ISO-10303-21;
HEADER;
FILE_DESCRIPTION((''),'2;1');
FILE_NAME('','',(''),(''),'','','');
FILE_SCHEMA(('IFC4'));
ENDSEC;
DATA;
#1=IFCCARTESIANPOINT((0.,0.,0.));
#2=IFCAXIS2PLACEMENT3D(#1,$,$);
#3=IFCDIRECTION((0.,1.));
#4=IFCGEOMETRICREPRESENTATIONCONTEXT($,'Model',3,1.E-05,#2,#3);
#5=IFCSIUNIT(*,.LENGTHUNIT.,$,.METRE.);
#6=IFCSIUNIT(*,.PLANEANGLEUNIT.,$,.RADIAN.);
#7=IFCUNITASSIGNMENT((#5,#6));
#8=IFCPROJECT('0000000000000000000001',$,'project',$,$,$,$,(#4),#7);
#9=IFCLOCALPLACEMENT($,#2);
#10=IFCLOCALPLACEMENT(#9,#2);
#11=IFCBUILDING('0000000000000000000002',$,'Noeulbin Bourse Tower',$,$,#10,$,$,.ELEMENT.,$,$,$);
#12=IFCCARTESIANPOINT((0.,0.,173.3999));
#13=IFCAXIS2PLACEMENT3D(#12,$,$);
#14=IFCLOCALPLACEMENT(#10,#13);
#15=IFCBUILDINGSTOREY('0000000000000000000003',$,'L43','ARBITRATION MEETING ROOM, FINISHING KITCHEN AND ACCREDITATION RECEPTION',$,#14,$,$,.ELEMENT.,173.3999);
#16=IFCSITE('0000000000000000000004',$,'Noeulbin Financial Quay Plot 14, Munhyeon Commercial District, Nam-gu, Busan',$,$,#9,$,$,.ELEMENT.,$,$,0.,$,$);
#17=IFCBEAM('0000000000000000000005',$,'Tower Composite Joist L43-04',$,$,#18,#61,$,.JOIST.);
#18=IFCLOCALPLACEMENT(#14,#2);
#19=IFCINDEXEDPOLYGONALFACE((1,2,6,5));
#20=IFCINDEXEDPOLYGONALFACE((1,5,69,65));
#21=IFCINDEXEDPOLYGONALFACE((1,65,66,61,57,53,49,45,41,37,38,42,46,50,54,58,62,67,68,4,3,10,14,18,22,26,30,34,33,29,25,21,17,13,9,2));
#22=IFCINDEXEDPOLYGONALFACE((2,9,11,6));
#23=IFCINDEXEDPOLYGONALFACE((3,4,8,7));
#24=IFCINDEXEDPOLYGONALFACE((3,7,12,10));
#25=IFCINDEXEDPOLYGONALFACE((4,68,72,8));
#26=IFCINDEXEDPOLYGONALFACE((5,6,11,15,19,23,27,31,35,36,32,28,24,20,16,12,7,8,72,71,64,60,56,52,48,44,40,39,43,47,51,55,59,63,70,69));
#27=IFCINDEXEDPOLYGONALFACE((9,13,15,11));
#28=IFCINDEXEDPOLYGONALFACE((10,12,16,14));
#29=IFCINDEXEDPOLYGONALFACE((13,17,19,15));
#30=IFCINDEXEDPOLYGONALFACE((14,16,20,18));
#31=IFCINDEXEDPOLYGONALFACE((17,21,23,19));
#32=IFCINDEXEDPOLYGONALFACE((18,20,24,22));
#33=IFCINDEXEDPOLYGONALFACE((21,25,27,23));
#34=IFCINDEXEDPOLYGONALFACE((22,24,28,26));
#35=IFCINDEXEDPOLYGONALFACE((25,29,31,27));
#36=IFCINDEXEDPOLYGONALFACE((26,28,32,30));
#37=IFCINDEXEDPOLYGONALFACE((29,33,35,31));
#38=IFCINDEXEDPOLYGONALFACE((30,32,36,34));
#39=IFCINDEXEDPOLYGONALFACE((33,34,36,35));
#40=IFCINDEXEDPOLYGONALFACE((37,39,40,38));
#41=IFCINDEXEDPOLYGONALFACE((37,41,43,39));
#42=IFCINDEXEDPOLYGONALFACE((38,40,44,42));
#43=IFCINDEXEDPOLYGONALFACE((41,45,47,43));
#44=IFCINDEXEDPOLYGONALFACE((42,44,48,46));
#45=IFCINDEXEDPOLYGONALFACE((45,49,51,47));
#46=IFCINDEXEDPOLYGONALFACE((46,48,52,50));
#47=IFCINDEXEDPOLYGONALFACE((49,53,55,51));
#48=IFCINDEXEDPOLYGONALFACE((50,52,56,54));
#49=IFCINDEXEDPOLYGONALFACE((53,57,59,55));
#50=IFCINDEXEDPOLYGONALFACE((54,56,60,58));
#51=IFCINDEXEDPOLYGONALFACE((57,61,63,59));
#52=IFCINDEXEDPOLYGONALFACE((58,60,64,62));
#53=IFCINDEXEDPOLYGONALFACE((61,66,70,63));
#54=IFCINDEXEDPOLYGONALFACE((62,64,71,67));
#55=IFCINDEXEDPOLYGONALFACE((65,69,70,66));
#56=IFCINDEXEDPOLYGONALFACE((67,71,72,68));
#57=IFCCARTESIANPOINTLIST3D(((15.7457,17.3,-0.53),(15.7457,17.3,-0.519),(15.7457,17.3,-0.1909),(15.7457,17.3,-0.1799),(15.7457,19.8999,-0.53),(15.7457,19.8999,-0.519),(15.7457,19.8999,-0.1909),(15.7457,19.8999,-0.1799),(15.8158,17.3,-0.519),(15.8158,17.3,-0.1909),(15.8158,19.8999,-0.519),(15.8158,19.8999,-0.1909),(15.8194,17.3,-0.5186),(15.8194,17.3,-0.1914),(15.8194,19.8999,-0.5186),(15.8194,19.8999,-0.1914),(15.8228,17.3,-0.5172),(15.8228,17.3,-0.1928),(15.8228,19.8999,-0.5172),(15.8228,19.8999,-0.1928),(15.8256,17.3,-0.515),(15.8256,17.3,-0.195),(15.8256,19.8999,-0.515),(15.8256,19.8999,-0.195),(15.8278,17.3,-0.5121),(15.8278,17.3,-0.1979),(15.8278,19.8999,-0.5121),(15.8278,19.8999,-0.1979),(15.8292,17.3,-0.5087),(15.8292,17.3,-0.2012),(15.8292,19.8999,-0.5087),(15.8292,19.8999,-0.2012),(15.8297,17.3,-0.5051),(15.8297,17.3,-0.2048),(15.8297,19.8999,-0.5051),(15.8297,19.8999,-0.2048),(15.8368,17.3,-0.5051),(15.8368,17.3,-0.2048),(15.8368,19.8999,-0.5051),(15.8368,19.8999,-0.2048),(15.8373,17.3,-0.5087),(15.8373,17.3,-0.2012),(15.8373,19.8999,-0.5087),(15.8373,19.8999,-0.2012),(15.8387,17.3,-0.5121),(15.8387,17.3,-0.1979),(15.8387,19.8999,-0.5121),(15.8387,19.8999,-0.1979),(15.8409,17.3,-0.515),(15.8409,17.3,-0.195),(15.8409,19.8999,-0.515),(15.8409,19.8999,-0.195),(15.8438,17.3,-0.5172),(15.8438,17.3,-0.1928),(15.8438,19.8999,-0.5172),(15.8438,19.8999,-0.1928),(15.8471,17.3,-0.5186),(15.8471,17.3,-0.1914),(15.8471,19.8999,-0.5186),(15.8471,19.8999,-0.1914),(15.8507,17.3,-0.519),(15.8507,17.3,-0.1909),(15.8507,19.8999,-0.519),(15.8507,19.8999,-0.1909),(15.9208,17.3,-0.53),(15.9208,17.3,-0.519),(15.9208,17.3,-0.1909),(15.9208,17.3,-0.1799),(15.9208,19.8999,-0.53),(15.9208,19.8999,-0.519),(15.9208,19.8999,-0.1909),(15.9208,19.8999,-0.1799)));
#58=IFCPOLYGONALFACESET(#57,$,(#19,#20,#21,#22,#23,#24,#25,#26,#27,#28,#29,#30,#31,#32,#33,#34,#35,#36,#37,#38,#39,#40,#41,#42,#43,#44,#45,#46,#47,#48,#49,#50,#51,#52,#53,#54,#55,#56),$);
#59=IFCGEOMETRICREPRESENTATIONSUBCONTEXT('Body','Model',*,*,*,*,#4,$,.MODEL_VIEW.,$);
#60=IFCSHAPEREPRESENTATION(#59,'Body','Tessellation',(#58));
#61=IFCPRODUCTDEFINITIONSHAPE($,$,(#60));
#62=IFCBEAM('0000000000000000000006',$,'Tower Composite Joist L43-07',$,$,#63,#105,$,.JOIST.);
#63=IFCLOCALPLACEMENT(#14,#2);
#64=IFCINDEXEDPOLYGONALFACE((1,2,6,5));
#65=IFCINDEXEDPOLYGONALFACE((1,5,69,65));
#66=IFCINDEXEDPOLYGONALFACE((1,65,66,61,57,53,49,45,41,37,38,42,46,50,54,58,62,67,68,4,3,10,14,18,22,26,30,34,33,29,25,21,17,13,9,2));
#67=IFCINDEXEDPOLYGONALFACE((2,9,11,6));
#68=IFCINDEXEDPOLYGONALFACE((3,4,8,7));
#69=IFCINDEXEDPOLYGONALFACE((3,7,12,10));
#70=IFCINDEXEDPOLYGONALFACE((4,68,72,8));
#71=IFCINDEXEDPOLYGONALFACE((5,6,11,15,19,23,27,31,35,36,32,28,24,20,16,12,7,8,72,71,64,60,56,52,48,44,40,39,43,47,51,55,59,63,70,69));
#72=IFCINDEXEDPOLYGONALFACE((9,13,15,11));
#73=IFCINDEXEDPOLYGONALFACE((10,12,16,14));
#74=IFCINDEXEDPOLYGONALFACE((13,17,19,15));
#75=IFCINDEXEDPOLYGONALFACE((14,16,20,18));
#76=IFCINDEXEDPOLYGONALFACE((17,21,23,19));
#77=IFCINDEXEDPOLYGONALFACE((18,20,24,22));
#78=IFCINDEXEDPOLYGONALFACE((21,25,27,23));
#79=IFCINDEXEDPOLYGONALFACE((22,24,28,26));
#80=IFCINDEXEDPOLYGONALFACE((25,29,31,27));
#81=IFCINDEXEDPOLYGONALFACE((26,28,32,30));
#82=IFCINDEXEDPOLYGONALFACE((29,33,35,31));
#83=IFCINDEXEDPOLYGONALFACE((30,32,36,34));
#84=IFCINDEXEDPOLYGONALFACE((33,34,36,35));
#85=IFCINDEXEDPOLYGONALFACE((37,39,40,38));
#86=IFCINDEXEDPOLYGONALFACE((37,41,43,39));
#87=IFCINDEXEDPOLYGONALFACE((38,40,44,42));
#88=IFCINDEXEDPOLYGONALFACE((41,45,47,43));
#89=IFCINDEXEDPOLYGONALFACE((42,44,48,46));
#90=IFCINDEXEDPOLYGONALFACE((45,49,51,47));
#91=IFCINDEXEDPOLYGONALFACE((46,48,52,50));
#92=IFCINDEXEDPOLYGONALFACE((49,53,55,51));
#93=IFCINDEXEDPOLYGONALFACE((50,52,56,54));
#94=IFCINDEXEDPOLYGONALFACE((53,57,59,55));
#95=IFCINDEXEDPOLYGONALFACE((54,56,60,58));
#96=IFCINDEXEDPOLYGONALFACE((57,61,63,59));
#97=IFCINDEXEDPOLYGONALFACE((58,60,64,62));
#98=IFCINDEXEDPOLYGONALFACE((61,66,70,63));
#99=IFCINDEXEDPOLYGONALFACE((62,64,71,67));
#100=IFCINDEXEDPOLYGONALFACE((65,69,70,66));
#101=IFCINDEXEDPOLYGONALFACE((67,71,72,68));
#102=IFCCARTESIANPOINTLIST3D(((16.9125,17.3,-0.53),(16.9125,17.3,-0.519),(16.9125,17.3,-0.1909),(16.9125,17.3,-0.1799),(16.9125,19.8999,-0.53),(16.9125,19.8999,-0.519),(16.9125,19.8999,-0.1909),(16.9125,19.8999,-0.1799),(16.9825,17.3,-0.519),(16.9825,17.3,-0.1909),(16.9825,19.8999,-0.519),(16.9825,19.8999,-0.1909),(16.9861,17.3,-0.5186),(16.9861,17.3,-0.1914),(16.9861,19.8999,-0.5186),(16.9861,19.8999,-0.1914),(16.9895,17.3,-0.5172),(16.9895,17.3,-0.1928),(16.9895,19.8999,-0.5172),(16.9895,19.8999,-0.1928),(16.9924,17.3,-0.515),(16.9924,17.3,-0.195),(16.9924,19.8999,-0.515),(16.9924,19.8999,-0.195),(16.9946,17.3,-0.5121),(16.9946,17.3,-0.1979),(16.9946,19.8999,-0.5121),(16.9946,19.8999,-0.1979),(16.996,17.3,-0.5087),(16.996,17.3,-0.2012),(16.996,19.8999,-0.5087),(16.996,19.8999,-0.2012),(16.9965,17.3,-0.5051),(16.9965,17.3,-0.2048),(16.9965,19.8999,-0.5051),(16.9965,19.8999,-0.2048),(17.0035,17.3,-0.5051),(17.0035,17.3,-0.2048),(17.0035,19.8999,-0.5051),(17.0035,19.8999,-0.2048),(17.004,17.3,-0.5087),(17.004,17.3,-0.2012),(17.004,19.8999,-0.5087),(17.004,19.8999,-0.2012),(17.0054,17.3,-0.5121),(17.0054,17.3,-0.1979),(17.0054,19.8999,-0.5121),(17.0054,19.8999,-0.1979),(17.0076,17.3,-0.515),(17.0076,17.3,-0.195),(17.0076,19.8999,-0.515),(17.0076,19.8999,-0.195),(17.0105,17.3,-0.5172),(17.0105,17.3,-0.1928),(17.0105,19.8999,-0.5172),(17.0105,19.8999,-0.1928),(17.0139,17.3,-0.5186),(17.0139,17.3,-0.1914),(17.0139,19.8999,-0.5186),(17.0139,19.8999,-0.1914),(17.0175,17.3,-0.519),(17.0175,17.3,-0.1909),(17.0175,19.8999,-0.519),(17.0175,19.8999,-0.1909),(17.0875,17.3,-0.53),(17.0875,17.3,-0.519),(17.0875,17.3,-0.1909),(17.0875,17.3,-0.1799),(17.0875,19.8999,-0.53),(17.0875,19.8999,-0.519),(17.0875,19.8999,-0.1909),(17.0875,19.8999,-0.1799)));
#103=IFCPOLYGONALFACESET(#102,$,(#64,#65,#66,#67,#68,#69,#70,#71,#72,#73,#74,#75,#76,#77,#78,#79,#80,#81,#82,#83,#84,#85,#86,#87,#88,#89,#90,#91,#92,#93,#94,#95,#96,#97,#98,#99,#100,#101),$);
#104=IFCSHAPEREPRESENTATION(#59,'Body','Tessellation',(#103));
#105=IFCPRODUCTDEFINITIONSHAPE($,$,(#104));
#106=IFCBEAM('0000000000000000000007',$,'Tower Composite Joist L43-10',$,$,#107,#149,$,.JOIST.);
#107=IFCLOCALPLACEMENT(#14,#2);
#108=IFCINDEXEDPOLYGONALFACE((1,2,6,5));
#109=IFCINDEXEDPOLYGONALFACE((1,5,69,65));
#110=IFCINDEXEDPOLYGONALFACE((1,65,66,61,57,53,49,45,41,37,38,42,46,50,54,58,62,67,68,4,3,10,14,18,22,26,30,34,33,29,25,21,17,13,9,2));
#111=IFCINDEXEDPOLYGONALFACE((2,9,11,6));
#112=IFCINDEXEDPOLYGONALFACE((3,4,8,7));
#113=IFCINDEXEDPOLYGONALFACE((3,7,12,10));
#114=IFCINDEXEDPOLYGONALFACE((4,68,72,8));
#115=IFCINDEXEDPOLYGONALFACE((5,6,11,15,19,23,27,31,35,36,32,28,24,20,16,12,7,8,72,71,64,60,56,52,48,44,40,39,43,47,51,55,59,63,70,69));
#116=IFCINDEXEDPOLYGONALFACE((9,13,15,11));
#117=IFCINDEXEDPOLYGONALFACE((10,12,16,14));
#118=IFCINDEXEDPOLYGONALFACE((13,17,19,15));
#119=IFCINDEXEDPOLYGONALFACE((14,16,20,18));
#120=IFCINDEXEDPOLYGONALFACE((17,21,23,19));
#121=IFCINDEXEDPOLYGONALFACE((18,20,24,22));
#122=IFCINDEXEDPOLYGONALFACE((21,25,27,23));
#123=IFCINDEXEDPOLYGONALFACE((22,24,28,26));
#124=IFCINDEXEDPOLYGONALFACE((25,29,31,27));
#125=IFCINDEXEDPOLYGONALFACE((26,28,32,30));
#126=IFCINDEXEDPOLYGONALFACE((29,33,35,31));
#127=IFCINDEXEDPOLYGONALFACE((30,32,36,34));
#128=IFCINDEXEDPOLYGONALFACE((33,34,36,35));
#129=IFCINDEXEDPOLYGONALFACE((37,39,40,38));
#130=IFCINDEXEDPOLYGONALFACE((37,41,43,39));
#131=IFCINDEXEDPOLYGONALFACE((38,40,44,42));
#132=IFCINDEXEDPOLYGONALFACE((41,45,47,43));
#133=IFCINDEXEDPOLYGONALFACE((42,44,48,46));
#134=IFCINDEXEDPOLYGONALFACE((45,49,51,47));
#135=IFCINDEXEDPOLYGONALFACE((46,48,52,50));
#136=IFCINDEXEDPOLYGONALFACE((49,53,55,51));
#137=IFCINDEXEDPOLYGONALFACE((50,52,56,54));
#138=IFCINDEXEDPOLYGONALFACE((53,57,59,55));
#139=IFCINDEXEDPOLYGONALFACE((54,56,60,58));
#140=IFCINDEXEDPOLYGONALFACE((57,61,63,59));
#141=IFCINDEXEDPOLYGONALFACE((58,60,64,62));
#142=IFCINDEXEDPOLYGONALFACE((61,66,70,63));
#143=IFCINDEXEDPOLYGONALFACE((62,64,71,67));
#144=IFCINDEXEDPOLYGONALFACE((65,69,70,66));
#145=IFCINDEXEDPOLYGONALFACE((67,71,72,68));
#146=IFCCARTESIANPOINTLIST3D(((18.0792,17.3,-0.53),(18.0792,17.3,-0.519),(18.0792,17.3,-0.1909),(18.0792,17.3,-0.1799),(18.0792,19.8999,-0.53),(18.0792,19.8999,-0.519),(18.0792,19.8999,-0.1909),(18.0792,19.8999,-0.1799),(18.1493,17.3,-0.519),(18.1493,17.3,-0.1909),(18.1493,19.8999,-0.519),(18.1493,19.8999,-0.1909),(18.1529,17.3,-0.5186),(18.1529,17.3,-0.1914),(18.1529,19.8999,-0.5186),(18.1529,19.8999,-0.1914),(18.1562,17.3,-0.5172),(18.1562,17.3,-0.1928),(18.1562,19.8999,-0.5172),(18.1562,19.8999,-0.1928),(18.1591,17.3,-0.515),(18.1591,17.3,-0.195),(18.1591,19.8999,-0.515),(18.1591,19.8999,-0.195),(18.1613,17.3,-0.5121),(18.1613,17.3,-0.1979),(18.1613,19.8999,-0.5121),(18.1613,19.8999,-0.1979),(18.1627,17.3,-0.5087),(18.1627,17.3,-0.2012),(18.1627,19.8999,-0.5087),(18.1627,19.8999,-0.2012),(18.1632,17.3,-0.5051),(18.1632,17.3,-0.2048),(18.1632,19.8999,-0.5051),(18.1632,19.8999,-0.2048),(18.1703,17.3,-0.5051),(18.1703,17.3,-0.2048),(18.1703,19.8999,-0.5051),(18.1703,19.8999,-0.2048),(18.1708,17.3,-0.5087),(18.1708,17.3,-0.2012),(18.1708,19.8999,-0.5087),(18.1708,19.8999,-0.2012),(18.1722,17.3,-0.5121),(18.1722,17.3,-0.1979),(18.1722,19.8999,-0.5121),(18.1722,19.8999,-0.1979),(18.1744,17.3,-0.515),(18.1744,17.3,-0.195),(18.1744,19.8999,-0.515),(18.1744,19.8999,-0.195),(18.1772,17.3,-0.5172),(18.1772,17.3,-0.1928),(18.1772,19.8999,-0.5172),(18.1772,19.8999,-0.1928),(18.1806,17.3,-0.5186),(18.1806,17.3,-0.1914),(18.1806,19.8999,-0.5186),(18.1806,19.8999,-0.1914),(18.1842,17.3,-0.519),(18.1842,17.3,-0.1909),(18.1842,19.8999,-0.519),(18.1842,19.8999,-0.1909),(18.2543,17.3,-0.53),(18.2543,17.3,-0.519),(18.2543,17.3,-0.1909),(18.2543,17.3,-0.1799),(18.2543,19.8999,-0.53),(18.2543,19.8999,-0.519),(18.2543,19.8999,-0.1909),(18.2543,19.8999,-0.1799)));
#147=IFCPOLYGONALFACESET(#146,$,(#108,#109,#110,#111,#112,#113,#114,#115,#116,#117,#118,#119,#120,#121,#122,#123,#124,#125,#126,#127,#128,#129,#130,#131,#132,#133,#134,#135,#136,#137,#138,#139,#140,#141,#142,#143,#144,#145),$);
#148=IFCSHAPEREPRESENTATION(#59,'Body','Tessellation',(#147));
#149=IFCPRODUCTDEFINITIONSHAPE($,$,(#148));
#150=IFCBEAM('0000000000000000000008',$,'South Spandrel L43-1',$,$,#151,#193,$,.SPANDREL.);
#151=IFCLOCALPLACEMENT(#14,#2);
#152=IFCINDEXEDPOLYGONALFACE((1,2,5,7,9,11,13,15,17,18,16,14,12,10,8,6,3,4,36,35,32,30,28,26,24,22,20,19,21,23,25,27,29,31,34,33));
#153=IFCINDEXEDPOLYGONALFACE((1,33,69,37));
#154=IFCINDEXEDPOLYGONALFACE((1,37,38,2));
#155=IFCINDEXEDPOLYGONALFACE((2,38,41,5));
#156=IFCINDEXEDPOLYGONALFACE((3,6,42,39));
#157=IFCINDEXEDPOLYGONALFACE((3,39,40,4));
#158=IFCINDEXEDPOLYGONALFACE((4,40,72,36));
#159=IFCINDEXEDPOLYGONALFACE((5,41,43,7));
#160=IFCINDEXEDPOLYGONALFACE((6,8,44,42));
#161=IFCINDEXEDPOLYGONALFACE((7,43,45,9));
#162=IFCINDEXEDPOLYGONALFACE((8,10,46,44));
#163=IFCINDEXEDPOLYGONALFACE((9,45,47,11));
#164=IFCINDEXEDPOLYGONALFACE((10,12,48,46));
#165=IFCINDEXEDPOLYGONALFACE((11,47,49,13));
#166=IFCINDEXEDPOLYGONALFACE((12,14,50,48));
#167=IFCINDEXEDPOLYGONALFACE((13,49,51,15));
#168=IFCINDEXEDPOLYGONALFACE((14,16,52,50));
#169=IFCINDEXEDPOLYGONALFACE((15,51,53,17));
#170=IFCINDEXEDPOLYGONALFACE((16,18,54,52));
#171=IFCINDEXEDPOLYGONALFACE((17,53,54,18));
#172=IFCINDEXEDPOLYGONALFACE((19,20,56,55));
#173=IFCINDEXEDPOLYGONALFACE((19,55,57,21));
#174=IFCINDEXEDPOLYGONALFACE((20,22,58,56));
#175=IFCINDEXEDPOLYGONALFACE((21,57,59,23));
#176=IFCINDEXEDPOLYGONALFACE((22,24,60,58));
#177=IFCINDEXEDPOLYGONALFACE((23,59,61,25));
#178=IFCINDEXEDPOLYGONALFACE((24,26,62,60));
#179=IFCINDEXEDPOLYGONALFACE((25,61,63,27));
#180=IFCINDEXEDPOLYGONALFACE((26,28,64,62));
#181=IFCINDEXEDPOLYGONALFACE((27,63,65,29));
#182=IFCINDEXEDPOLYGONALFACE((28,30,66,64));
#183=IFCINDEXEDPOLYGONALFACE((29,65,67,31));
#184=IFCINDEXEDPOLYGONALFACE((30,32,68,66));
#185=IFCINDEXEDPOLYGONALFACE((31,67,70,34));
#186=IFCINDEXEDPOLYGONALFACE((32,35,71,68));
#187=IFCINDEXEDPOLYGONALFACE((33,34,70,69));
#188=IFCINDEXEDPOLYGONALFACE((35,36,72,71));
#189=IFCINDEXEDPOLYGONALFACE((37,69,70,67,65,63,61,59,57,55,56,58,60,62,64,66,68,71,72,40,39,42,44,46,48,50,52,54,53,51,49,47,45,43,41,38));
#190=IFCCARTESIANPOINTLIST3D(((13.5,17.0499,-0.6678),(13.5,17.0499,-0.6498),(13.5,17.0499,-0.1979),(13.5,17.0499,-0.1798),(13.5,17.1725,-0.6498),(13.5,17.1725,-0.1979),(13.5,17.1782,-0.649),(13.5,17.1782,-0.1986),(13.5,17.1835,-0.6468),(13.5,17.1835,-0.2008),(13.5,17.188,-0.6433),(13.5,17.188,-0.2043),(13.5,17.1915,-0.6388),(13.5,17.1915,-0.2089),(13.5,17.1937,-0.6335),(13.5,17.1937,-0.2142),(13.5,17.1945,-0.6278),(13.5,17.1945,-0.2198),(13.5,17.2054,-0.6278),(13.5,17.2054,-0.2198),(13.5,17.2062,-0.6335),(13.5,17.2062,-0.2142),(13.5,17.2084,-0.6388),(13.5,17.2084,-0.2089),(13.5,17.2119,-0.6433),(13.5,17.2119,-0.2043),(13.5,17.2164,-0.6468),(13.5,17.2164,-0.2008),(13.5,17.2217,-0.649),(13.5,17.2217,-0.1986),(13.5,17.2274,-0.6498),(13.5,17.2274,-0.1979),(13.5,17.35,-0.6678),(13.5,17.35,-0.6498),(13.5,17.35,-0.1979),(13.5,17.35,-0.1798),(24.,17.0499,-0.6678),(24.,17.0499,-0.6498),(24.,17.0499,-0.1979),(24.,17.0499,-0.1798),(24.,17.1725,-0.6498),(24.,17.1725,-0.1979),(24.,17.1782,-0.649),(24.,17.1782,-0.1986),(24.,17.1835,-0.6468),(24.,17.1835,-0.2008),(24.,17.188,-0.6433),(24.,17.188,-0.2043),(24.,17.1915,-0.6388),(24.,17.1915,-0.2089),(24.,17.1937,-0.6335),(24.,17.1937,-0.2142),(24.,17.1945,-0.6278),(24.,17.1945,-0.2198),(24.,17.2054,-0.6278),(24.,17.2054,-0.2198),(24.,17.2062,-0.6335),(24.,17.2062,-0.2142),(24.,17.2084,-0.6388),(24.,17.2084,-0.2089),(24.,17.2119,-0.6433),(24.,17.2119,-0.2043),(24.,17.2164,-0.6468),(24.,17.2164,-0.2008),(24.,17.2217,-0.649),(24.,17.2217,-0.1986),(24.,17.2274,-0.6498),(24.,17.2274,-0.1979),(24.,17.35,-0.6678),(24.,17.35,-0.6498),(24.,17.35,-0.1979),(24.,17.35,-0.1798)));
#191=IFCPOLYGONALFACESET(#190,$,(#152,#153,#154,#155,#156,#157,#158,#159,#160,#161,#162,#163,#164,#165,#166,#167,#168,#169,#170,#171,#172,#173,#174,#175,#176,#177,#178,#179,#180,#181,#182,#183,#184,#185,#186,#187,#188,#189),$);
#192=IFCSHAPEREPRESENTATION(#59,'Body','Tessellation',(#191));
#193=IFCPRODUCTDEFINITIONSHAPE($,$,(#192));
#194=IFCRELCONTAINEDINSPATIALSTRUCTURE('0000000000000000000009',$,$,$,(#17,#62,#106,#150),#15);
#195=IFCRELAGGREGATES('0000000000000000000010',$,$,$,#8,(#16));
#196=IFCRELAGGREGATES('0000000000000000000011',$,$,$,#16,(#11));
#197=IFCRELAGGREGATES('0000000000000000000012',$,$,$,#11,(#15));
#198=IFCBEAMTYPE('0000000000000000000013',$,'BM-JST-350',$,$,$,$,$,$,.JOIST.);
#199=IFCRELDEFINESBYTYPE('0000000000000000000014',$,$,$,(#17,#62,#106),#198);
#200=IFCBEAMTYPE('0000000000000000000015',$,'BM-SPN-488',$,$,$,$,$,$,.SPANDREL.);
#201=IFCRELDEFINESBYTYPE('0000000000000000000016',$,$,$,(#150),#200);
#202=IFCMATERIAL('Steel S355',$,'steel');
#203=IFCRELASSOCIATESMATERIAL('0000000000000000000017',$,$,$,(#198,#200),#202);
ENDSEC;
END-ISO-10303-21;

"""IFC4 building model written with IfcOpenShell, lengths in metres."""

from ifc_helpers import new_model, si_unit, direction, frame, origin, origin_2d, place, context, subcontext, project, spatial, i_section, extrude, material, material_profile, profile_set, type_object, element, save


model = new_model("IFC4")

# Units and contexts
model_context = context("Model", 3, precision=1e-05, world=origin(), true_north=direction((0.0, 1.0)))
body_context = subcontext(model_context, "Body", "Model", "MODEL_VIEW")
ifc_project = project(units=[si_unit("LENGTHUNIT", "METRE"), si_unit("PLANEANGLEUNIT", "RADIAN")], contexts=[model_context])

# Site, building, storey
site_placement = place(None, origin())
site = spatial("IfcSite", under=ifc_project, at=site_placement, Name="Noeulbin Financial Quay Plot 14, Munhyeon Commercial District, Nam-gu, Busan", CompositionType="ELEMENT", RefElevation=0.0)
building_placement = place(site_placement, origin())
building = spatial("IfcBuilding", under=site, at=building_placement, Name="Noeulbin Bourse Tower", CompositionType="ELEMENT")
storey_placement = place(building_placement, frame((0.0, 0.0, 173.3999)))
storey = spatial("IfcBuildingStorey", under=building, at=storey_placement, Name="L43", Description="ARBITRATION MEETING ROOM, FINISHING KITCHEN AND ACCREDITATION RECEPTION", CompositionType="ELEMENT", Elevation=173.3999)

# Shared definitions
ifc_material_1 = material(Name="Steel S355", Category="steel")

# Beams
ifc_material_profile_1 = material_profile(ifc_material_1, i_section(OverallWidth=0.175, OverallDepth=0.3501, WebThickness=0.0071, FlangeThickness=0.011, FilletRadius=0.0139, at=origin_2d()), Name="H-350x175x7x11", Category="LoadBearing")
ifc_profile_set_1 = profile_set([ifc_material_profile_1], Name="Steel S355")
beam_type_1 = type_object("IfcBeamType", Name="BM-JST-350", PredefinedType="JOIST", material=ifc_profile_set_1)
for number, where, z_axis, x_axis, name in (
    (1, (15.8333, 17.3, -0.355), (0.0, 1.0, 0.0), (-1.0, 0.0, 0.0), "Tower Composite Joist L43-04"),
    (2, (17.0, 17.3, -0.355), (0.0, 1.0, 0.0), (-1.0, 0.0, 0.0), "Tower Composite Joist L43-07"),
    (3, (18.1667, 17.3, -0.355), (0.0, 1.0, 0.0), (-1.0, 0.0, 0.0), "Tower Composite Joist L43-10"),
):
    element("IfcBeam", number, at=place(storey_placement, frame(where, z_axis=z_axis, x_axis=x_axis)), inside=storey, type_object=beam_type_1, Name=name, PredefinedType="JOIST", context=body_context, shape_type="SweptSolid", body=[
        extrude(i_section(OverallWidth=0.175, OverallDepth=0.3501, WebThickness=0.0071, FlangeThickness=0.011, FilletRadius=0.0139, at=origin_2d()), origin(), (0.0, 0.0, 1.0), 2.5999),
    ])
ifc_material_profile_2 = material_profile(ifc_material_1, i_section(OverallWidth=0.3, OverallDepth=0.488, WebThickness=0.011, FlangeThickness=0.0181, FilletRadius=0.022, at=origin_2d()), Name="H-488x300x11x18", Category="LoadBearing")
ifc_profile_set_2 = profile_set([ifc_material_profile_2], Name="Steel S355")
beam_type_2 = type_object("IfcBeamType", Name="BM-SPN-488", PredefinedType="SPANDREL", material=ifc_profile_set_2)
beam_1_placement = place(storey_placement, frame((13.5, 17.2, -0.4238), z_axis=(1.0, 0.0, 0.0), x_axis=(0.0, 1.0, 0.0)))
element("IfcBeam", 4, at=beam_1_placement, inside=storey, type_object=beam_type_2, Name="South Spandrel L43-1", PredefinedType="SPANDREL", context=body_context, shape_type="SweptSolid", body=[
    extrude(i_section(OverallWidth=0.3, OverallDepth=0.488, WebThickness=0.011, FlangeThickness=0.0181, FilletRadius=0.022, at=origin_2d()), origin(), (0.0, 0.0, 1.0), 10.5),
])

save(model, "model.ifc")
